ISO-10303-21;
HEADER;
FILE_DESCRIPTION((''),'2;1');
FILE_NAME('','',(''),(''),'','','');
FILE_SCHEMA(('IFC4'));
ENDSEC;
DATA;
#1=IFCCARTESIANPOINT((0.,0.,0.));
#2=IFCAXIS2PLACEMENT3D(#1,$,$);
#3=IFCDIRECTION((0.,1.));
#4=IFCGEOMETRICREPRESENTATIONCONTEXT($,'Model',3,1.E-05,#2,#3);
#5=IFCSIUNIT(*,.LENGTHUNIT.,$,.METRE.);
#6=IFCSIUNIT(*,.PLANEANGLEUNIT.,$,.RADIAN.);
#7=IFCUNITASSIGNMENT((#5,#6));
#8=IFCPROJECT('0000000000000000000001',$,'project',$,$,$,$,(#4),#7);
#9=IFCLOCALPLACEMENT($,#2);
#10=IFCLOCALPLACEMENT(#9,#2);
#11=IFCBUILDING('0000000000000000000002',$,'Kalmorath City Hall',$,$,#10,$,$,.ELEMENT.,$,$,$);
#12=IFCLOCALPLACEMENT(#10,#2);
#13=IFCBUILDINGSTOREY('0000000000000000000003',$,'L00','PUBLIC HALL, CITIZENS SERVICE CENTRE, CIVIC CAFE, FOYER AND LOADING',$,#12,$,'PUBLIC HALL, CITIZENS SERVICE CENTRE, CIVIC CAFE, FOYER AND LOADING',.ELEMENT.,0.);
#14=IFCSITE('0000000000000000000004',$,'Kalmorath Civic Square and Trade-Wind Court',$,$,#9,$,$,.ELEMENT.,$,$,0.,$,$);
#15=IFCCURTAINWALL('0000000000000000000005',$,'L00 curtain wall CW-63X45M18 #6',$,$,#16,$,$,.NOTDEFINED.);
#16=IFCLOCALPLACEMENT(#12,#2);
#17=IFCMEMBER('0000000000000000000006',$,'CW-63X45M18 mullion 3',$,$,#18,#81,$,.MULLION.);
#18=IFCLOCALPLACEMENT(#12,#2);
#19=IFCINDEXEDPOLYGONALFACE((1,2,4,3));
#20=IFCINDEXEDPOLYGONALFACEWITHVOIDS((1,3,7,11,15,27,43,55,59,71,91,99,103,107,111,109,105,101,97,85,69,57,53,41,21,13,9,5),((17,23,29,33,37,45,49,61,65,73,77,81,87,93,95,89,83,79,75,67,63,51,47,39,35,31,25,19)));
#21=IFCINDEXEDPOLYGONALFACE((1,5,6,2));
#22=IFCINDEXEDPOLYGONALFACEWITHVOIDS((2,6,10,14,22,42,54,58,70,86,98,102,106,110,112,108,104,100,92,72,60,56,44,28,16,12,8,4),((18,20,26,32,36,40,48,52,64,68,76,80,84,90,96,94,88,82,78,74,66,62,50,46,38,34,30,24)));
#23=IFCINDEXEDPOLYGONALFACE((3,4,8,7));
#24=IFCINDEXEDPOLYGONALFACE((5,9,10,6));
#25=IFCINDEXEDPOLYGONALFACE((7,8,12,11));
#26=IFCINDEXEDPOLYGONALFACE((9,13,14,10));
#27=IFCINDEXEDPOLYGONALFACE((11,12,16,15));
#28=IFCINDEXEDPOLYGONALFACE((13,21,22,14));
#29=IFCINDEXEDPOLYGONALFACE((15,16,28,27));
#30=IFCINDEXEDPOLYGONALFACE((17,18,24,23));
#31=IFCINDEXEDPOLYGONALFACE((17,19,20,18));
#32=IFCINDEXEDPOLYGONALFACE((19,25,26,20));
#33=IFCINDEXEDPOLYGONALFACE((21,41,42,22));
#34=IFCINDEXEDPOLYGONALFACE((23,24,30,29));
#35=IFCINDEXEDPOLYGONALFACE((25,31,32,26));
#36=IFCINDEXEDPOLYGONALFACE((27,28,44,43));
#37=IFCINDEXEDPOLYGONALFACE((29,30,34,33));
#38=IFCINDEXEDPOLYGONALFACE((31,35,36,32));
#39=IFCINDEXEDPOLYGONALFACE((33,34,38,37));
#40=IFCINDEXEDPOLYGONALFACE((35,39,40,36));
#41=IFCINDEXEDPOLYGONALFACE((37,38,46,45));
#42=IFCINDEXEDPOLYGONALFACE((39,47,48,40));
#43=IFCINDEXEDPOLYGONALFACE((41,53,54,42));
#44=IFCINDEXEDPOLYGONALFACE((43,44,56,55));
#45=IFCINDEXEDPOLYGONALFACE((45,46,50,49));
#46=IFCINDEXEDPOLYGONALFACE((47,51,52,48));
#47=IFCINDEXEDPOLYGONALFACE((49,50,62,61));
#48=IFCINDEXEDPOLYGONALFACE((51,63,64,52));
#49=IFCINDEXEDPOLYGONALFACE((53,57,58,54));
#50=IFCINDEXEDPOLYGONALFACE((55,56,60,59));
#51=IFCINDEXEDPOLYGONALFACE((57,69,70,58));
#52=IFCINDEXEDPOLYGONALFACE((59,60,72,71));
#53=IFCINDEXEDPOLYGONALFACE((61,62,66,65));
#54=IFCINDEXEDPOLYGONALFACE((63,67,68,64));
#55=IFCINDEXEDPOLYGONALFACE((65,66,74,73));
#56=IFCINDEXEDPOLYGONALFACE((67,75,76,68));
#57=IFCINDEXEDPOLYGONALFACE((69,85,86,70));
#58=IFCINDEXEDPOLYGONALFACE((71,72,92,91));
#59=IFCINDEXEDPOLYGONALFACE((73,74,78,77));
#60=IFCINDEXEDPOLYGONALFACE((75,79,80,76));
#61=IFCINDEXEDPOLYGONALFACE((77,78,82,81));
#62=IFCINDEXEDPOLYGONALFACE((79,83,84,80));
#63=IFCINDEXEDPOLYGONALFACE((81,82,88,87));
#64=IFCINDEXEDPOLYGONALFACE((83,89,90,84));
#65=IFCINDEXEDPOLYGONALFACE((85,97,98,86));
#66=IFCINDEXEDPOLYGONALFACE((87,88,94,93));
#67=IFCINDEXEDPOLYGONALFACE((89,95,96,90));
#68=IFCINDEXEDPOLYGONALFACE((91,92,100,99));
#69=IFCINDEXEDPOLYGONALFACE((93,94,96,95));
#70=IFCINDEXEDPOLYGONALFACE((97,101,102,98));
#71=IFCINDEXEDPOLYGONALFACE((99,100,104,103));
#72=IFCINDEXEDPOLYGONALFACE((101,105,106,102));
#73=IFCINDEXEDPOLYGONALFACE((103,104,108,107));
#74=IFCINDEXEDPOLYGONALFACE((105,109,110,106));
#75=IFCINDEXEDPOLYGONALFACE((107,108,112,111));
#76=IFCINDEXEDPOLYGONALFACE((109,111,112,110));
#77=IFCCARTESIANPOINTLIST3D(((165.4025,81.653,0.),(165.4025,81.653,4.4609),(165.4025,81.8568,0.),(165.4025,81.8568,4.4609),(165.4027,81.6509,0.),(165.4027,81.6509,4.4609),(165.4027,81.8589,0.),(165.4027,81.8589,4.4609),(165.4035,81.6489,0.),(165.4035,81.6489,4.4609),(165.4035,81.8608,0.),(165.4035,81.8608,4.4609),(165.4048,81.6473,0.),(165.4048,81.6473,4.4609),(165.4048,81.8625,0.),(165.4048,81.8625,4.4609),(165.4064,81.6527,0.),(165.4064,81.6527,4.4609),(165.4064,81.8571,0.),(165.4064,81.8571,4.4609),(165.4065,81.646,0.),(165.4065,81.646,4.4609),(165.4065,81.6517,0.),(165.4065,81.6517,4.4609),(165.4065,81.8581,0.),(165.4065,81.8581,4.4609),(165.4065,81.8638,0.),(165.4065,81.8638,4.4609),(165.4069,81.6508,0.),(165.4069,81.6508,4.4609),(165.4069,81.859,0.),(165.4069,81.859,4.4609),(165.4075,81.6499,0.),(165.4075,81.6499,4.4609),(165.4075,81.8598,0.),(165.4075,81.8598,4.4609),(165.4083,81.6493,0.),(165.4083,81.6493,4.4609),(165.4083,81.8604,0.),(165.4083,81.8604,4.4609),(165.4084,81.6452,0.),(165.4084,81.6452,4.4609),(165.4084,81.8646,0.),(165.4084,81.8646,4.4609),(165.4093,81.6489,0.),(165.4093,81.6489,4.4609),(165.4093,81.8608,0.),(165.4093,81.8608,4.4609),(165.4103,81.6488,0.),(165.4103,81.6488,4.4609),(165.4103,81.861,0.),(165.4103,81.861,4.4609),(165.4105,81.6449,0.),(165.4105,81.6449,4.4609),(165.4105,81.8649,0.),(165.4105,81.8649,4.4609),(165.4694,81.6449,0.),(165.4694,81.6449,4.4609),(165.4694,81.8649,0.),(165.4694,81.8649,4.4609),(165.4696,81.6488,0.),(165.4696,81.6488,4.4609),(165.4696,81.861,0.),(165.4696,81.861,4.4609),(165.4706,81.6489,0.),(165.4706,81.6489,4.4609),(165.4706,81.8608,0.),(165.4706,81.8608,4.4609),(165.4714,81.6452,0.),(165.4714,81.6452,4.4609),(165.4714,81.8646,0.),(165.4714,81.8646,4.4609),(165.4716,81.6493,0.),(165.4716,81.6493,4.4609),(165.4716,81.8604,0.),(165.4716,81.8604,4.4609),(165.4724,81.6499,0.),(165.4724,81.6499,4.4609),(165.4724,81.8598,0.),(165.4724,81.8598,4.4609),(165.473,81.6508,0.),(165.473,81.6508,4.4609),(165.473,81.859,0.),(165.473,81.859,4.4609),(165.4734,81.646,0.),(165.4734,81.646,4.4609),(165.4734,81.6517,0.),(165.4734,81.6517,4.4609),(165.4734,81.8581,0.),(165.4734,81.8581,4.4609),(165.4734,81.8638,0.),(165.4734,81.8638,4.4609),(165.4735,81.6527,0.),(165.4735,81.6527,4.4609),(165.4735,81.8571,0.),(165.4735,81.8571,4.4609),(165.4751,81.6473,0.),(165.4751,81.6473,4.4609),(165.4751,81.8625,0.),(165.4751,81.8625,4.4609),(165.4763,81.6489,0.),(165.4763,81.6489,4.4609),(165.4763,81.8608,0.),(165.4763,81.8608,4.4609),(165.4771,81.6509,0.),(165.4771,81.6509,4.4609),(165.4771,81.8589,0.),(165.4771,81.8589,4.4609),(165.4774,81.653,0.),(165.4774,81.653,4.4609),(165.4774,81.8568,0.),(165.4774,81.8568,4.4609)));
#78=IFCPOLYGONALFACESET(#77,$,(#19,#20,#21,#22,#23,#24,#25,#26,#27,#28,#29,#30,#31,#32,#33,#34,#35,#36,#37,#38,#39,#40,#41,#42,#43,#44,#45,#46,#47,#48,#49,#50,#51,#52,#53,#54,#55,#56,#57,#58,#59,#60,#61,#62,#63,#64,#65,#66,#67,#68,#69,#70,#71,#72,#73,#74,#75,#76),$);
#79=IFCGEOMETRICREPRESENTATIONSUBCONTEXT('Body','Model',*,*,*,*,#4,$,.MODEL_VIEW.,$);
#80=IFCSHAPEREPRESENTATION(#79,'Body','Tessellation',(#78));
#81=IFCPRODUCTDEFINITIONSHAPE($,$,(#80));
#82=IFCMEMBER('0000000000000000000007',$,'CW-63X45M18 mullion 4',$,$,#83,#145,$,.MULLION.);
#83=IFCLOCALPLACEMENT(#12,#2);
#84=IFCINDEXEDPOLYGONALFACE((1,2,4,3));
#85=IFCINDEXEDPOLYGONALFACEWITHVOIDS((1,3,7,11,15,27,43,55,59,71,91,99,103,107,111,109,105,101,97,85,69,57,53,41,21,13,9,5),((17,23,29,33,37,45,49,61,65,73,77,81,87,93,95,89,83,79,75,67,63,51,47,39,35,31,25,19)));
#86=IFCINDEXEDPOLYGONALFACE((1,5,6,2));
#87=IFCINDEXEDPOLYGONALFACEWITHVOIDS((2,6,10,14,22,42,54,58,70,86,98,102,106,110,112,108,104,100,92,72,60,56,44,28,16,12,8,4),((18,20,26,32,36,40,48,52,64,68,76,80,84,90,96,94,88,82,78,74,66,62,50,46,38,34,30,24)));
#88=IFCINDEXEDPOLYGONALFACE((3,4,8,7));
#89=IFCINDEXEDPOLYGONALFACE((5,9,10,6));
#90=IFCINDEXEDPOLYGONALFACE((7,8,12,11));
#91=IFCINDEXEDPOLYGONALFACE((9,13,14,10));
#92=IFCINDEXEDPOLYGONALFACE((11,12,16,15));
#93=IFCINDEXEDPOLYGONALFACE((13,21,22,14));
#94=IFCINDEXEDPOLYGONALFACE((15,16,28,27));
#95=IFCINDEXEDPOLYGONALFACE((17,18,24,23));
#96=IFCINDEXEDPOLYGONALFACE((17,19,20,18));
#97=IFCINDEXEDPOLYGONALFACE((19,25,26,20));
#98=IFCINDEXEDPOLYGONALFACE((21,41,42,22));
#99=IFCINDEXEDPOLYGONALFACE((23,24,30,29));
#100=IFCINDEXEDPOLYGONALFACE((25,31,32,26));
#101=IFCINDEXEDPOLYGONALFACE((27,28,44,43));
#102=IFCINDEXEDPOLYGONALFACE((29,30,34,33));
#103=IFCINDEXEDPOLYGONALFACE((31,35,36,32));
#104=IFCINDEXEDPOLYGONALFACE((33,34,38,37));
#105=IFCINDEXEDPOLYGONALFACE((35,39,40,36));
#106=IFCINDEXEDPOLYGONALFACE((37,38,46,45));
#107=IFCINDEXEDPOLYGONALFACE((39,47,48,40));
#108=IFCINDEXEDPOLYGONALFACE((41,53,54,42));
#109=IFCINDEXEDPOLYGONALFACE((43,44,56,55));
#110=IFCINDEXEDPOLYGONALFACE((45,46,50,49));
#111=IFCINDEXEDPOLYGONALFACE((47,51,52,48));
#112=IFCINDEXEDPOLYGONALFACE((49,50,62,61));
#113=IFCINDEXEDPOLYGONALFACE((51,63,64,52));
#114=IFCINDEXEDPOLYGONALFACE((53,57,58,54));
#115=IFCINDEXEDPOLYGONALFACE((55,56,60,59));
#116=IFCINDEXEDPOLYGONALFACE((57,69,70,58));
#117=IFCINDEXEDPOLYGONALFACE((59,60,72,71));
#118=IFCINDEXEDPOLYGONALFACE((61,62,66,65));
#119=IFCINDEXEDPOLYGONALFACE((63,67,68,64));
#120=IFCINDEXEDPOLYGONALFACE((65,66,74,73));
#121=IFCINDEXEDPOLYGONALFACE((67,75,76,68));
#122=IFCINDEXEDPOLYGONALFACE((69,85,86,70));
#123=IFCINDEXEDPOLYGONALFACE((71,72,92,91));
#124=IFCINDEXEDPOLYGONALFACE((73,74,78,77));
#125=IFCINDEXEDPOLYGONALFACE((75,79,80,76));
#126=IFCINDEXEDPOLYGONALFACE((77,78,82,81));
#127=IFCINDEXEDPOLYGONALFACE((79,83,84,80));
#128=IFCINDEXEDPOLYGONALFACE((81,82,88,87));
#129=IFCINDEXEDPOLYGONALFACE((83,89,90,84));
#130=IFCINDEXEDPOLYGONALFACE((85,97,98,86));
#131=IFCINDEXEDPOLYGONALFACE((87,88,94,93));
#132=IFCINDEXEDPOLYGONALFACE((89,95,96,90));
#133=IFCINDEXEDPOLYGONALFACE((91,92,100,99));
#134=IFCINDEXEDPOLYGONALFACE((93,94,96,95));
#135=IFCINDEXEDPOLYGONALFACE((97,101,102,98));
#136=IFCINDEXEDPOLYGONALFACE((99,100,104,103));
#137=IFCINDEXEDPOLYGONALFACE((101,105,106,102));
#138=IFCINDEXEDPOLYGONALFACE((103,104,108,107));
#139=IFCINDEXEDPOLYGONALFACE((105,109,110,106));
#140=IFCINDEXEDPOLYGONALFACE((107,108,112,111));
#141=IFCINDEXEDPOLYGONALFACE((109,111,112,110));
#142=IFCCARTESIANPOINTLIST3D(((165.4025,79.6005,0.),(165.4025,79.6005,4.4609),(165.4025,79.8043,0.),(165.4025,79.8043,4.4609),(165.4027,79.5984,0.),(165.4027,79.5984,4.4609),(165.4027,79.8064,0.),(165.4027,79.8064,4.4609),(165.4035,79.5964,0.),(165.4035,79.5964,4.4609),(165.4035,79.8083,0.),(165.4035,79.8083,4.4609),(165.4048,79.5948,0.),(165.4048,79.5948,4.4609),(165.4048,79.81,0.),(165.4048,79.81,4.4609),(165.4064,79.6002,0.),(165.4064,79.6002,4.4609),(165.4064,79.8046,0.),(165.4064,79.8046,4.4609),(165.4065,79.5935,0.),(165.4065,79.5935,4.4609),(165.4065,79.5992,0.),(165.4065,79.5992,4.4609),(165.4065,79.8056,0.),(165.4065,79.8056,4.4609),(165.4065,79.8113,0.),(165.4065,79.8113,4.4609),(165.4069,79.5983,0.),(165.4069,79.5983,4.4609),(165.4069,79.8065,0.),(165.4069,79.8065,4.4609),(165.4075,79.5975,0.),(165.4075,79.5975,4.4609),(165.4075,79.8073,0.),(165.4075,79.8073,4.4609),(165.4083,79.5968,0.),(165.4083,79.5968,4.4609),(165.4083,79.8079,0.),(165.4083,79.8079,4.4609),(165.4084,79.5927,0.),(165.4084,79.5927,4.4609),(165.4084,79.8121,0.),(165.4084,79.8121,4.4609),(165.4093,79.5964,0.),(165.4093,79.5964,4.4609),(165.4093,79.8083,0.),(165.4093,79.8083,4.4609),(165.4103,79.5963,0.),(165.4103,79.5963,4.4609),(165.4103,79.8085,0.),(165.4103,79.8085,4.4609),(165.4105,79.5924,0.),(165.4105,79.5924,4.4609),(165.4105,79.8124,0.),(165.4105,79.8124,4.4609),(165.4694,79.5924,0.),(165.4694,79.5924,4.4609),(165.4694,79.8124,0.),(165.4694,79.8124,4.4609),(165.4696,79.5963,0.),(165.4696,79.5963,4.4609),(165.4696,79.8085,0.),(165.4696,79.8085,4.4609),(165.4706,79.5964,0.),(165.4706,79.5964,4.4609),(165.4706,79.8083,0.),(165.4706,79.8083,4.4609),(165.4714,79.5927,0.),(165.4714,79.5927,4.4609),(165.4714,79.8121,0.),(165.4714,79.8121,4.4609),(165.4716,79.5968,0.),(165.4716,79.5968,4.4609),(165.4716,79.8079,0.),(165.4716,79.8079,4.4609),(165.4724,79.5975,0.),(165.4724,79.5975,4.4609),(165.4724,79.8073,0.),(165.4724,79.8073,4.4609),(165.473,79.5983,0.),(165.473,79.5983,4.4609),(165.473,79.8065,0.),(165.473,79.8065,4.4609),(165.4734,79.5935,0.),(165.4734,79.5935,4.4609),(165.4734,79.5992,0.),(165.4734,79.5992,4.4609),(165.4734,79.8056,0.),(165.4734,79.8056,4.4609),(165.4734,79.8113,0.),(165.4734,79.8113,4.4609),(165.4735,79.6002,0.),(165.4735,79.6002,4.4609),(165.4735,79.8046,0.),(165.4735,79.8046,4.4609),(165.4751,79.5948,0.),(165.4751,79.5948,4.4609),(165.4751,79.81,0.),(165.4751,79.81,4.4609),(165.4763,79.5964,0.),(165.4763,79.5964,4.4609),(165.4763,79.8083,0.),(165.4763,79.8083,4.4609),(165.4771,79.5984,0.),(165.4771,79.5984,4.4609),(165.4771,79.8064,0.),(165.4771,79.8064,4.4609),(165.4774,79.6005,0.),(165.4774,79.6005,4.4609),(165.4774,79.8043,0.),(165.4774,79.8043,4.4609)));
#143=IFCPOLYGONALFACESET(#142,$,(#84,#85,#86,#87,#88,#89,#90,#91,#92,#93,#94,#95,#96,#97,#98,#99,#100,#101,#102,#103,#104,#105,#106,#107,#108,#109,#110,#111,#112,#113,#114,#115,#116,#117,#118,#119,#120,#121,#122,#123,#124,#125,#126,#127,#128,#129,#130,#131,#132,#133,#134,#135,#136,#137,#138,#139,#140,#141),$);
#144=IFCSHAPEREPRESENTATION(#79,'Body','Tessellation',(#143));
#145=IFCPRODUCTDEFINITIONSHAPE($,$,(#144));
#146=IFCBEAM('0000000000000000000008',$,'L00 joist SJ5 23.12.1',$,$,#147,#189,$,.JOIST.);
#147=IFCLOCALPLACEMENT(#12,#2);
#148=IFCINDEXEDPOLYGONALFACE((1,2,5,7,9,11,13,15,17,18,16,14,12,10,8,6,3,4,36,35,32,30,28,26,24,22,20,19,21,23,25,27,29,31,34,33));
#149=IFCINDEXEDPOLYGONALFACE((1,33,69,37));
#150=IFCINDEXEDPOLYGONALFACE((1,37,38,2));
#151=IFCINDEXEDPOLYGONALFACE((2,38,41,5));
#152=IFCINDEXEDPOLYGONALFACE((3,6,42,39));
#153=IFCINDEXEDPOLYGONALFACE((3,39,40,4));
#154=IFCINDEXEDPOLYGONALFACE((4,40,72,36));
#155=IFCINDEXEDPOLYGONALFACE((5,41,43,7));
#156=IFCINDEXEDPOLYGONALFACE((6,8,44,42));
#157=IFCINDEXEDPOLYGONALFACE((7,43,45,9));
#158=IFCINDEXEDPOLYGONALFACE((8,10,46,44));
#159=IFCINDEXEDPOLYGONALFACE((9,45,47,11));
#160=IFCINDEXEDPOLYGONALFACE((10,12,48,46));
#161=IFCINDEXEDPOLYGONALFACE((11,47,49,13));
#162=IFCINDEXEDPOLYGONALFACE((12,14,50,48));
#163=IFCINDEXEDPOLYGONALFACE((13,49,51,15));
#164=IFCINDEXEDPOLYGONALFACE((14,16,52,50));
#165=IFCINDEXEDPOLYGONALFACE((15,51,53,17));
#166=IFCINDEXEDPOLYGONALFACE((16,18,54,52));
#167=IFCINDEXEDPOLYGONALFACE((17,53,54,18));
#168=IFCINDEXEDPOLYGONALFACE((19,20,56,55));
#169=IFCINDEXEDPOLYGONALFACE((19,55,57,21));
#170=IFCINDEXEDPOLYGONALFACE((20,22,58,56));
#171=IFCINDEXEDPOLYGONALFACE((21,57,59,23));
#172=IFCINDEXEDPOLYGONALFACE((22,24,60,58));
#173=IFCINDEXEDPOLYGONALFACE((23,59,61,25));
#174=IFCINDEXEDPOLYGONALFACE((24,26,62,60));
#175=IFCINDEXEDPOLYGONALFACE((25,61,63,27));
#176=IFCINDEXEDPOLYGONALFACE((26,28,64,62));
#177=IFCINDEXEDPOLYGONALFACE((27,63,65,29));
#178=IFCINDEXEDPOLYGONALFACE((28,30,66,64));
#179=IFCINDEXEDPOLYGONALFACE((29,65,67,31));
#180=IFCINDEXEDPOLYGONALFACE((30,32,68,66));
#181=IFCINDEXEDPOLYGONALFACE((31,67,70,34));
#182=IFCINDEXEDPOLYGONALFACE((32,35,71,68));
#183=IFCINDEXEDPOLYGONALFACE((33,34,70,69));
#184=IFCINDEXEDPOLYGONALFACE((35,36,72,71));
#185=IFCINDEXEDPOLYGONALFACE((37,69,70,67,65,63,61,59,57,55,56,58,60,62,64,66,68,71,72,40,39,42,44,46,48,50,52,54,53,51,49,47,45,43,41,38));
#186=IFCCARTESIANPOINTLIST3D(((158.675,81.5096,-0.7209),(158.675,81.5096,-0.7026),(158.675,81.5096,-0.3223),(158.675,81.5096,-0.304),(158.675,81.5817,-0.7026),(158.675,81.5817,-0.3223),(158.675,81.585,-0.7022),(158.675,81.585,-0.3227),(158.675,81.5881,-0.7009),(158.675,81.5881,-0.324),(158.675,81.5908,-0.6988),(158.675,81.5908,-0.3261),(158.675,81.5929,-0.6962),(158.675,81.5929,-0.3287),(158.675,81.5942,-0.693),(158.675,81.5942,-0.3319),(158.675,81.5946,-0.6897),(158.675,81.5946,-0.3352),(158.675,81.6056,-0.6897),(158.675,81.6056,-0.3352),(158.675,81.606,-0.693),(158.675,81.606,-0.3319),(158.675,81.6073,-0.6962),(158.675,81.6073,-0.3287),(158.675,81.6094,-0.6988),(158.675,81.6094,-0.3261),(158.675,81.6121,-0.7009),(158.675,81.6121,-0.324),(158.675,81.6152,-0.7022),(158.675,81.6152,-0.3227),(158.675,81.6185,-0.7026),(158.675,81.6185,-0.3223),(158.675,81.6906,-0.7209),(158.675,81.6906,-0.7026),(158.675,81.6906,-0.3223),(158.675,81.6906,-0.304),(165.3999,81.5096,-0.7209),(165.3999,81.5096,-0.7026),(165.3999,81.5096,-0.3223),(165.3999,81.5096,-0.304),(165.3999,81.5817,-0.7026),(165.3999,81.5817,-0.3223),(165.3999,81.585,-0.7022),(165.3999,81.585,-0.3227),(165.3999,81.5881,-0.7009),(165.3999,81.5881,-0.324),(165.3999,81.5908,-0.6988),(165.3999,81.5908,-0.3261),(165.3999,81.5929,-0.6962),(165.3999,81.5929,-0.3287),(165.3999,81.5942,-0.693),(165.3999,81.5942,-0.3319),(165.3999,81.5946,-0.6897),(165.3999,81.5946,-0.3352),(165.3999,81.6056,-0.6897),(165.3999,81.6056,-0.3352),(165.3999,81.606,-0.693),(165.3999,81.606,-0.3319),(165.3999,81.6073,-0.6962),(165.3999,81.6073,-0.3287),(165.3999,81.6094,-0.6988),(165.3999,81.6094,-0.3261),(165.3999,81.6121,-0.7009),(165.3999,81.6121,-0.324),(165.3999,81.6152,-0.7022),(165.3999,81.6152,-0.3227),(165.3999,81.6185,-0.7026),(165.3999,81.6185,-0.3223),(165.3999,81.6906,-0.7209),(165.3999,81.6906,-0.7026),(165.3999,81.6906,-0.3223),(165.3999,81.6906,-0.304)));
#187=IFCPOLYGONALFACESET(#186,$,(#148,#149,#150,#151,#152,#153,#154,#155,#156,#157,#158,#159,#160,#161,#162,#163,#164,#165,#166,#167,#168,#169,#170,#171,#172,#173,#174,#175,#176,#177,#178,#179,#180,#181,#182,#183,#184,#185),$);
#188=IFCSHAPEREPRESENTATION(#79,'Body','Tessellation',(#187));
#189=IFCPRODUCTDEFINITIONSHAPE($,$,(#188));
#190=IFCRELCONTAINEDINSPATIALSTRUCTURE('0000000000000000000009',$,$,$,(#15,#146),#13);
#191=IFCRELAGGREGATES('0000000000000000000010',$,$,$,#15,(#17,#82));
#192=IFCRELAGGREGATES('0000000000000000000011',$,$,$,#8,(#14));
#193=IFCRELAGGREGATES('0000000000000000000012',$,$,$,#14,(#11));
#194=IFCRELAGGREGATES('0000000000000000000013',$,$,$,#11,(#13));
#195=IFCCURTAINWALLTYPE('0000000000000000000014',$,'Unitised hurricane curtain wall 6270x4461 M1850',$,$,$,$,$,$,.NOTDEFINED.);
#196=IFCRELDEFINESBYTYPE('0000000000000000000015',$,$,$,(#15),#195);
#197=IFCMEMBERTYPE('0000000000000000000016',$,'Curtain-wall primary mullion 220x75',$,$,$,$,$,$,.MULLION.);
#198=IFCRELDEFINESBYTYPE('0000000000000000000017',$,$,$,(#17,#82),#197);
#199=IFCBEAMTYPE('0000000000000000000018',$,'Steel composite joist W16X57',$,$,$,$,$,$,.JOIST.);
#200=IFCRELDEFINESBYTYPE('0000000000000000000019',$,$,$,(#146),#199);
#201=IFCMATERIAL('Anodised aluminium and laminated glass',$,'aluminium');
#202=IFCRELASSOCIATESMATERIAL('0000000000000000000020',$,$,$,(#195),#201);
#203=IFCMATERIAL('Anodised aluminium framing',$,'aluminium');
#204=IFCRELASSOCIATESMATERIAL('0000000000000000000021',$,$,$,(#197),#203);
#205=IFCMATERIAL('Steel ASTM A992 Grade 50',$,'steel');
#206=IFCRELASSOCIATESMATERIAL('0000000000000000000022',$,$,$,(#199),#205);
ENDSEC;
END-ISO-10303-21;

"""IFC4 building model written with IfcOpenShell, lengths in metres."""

from ifc_helpers import new_model, si_unit, direction, frame, origin, origin_2d, place, context, subcontext, project, spatial, hollow_rectangle, i_section, extrude, material, material_profile, profile_set, type_object, element, aggregate, save


model = new_model("IFC4")

# Units and contexts
model_context = context("Model", 3, precision=1e-05, world=origin(), true_north=direction((0.0, 1.0)))
body_context = subcontext(model_context, "Body", "Model", "MODEL_VIEW")
ifc_project = project(units=[si_unit("LENGTHUNIT", "METRE"), si_unit("PLANEANGLEUNIT", "RADIAN")], contexts=[model_context])

# Site, building, storey
site_placement = place(None, origin())
site = spatial("IfcSite", under=ifc_project, at=site_placement, Name="Kalmorath Civic Square and Trade-Wind Court", CompositionType="ELEMENT", RefElevation=0.0)
building_placement = place(site_placement, origin())
building = spatial("IfcBuilding", under=site, at=building_placement, Name="Kalmorath City Hall", CompositionType="ELEMENT")
storey_placement = place(building_placement, origin())
storey = spatial("IfcBuildingStorey", under=building, at=storey_placement, Name="L00", Description="PUBLIC HALL, CITIZENS SERVICE CENTRE, CIVIC CAFE, FOYER AND LOADING", LongName="PUBLIC HALL, CITIZENS SERVICE CENTRE, CIVIC CAFE, FOYER AND LOADING", CompositionType="ELEMENT", Elevation=0.0)

# Curtain wall, members
ifc_material_1 = material(Name="Anodised aluminium and laminated glass", Category="aluminium")
curtain_wall_type = type_object("IfcCurtainWallType", Name="Unitised hurricane curtain wall 6270x4461 M1850", PredefinedType="NOTDEFINED", material=ifc_material_1)
curtain_wall_placement = place(storey_placement, origin())
curtain_wall = element("IfcCurtainWall", 1, at=curtain_wall_placement, inside=storey, type_object=curtain_wall_type, Name="L00 curtain wall CW-63X45M18 #6", PredefinedType="NOTDEFINED")
ifc_material_2 = material(Name="Anodised aluminium framing", Category="aluminium")
ifc_material_profile_1 = material_profile(ifc_material_2, hollow_rectangle(XDim=0.075, YDim=0.22, WallThickness=0.0039, InnerFilletRadius=0.0039, OuterFilletRadius=0.0081, at=origin_2d()), Name="ALU-MUL-220X75X4")
ifc_profile_set_1 = profile_set([ifc_material_profile_1], Name="Anodised aluminium framing")
member_type_1 = type_object("IfcMemberType", Name="Curtain-wall primary mullion 220x75", PredefinedType="MULLION", material=ifc_profile_set_1)
member_1_placement = place(storey_placement, frame((165.4399, 81.7549, 0.0), z_axis=(0.0, 0.0, 1.0), x_axis=(1.0, 0.0, 0.0)))
member_1 = element("IfcMember", 2, at=member_1_placement, type_object=member_type_1, Name="CW-63X45M18 mullion 3", PredefinedType="MULLION", context=body_context, shape_type="SweptSolid", body=[
    extrude(hollow_rectangle(XDim=0.075, YDim=0.22, WallThickness=0.0039, InnerFilletRadius=0.0039, OuterFilletRadius=0.0081, at=origin_2d()), origin(), (0.0, 0.0, 1.0), 4.4609),
])
member_2_placement = place(storey_placement, frame((165.4399, 79.7024, 0.0), z_axis=(0.0, 0.0, 1.0), x_axis=(1.0, 0.0, 0.0)))
member_2 = element("IfcMember", 3, at=member_2_placement, type_object=member_type_1, Name="CW-63X45M18 mullion 4", PredefinedType="MULLION", context=body_context, shape_type="SweptSolid", body=[
    extrude(hollow_rectangle(XDim=0.075, YDim=0.22, WallThickness=0.0039, InnerFilletRadius=0.0039, OuterFilletRadius=0.0081, at=origin_2d()), origin(), (0.0, 0.0, 1.0), 4.4609),
])

# Beam
ifc_material_3 = material(Name="Steel ASTM A992 Grade 50", Category="steel")
ifc_material_profile_2 = material_profile(ifc_material_3, i_section(OverallWidth=0.1809, OverallDepth=0.417, WebThickness=0.011, FlangeThickness=0.0183, FilletRadius=0.0129, at=origin_2d()), Name="W16X57")
ifc_profile_set_2 = profile_set([ifc_material_profile_2], Name="Steel ASTM A992 Grade 50")
beam_type_1 = type_object("IfcBeamType", Name="Steel composite joist W16X57", PredefinedType="JOIST", material=ifc_profile_set_2)
beam_1_placement = place(storey_placement, frame((158.675, 81.6001, -0.5125), z_axis=(1.0, 0.0, 0.0), x_axis=(0.0, 1.0, 0.0)))
element("IfcBeam", 4, at=beam_1_placement, inside=storey, type_object=beam_type_1, Name="L00 joist SJ5 23.12.1", PredefinedType="JOIST", context=body_context, shape_type="SweptSolid", body=[
    extrude(i_section(OverallWidth=0.1809, OverallDepth=0.417, WebThickness=0.011, FlangeThickness=0.0183, FilletRadius=0.0129, at=origin_2d()), origin(), (0.0, 0.0, 1.0), 6.7249),
])

aggregate(curtain_wall, [member_1, member_2])

save(model, "model.ifc")
